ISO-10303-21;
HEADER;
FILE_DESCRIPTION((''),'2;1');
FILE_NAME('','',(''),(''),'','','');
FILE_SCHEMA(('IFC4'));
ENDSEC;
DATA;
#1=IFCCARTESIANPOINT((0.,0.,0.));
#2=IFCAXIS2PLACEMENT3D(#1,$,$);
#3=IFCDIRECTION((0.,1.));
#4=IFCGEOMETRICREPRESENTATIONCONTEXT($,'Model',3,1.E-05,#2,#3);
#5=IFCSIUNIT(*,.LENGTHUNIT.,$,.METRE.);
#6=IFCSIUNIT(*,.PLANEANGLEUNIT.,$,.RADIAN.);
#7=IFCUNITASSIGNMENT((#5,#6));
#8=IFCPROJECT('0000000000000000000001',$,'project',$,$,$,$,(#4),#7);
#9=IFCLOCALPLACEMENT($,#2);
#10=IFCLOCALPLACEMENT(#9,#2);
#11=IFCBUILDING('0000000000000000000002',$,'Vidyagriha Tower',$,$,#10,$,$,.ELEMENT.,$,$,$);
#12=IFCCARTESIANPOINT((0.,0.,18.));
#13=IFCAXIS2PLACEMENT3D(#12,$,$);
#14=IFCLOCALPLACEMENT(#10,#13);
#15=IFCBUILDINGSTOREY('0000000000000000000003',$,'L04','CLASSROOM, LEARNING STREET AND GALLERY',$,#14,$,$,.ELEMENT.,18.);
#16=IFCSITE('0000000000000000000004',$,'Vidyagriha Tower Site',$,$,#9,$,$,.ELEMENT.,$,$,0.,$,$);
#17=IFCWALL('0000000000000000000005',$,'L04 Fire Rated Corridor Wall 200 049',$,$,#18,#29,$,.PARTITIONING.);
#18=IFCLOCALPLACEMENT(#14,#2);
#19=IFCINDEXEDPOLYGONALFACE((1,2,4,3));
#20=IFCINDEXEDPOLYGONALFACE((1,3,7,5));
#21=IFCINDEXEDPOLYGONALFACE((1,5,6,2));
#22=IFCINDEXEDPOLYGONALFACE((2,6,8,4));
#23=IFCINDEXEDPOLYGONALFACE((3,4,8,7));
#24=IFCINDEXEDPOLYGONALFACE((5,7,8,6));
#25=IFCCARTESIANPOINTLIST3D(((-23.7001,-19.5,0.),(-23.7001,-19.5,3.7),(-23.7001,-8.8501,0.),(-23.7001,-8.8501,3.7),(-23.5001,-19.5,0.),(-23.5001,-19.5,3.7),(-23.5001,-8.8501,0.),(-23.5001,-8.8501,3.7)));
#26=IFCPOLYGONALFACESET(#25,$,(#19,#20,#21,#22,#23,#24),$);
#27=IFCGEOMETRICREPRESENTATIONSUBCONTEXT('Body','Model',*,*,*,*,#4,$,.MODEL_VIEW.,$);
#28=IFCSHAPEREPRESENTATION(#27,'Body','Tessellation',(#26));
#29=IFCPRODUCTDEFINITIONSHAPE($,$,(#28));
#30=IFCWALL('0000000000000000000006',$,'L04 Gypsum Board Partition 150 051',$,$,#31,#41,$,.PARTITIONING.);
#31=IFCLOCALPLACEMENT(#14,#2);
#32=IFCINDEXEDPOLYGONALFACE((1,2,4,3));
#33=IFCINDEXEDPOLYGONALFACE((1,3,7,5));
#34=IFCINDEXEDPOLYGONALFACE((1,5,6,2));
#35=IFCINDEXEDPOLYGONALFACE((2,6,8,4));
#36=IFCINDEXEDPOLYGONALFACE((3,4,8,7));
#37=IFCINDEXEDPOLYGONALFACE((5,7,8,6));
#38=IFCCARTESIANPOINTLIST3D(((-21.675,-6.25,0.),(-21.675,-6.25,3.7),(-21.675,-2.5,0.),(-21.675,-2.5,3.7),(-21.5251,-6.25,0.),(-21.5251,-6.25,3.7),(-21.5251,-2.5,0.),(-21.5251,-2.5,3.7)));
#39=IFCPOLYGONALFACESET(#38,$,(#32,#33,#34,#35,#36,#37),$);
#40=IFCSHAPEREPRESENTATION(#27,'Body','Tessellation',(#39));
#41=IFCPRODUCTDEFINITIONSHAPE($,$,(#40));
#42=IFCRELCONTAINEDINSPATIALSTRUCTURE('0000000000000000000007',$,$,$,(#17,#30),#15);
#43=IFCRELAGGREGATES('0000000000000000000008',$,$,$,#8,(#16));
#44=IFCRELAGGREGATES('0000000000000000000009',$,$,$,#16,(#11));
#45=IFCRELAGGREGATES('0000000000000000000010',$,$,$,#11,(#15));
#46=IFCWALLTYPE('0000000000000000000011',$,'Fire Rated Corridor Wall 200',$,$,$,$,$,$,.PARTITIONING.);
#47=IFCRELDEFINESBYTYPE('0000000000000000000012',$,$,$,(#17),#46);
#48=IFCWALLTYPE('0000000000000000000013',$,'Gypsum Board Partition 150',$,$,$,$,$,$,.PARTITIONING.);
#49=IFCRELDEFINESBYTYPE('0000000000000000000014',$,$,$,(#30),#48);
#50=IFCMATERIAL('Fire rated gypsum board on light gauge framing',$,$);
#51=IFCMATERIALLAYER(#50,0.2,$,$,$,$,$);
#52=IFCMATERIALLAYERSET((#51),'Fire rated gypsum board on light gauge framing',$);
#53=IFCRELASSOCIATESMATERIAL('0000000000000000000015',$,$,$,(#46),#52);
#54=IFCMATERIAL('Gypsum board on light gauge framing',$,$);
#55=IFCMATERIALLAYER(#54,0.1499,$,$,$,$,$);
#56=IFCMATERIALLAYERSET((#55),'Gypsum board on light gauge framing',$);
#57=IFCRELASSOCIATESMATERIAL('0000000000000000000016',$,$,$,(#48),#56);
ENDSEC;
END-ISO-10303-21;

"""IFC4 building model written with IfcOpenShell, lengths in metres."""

from ifc_helpers import new_model, si_unit, direction, frame, frame_2d, origin, place, context, subcontext, project, spatial, rectangle, extrude, material, layer, layer_set, type_object, element, save


model = new_model("IFC4")

# Units and contexts
model_context = context("Model", 3, precision=1e-05, world=origin(), true_north=direction((0.0, 1.0)))
body_context = subcontext(model_context, "Body", "Model", "MODEL_VIEW")
ifc_project = project(units=[si_unit("LENGTHUNIT", "METRE"), si_unit("PLANEANGLEUNIT", "RADIAN")], contexts=[model_context])

# Site, building, storey
site_placement = place(None, origin())
site = spatial("IfcSite", under=ifc_project, at=site_placement, Name="Vidyagriha Tower Site", CompositionType="ELEMENT", RefElevation=0.0)
building_placement = place(site_placement, origin())
building = spatial("IfcBuilding", under=site, at=building_placement, Name="Vidyagriha Tower", CompositionType="ELEMENT")
storey_placement = place(building_placement, frame((0.0, 0.0, 18.0)))
storey = spatial("IfcBuildingStorey", under=building, at=storey_placement, Name="L04", Description="CLASSROOM, LEARNING STREET AND GALLERY", CompositionType="ELEMENT", Elevation=18.0)

# Walls
ifc_material_1 = material(Name="Fire rated gypsum board on light gauge framing")
ifc_layer_1 = layer(ifc_material_1, 0.2)
ifc_layer_set_1 = layer_set([ifc_layer_1], Name="Fire rated gypsum board on light gauge framing")
wall_type_1 = type_object("IfcWallType", Name="Fire Rated Corridor Wall 200", PredefinedType="PARTITIONING", material=ifc_layer_set_1)
wall_1_placement = place(storey_placement, frame((-23.6001, -19.5, 0.0), z_axis=(0.0, 0.0, 1.0), x_axis=(0.0, 1.0, 0.0)))
element("IfcWall", 1, at=wall_1_placement, inside=storey, type_object=wall_type_1, Name="L04 Fire Rated Corridor Wall 200 049", PredefinedType="PARTITIONING", context=body_context, shape_type="SweptSolid", body=[
    extrude(rectangle(XDim=10.6499, YDim=0.2, at=frame_2d((5.325, 0.0))), origin(), (0.0, 0.0, 1.0), 3.7),
])
ifc_material_2 = material(Name="Gypsum board on light gauge framing")
ifc_layer_2 = layer(ifc_material_2, 0.1499)
ifc_layer_set_2 = layer_set([ifc_layer_2], Name="Gypsum board on light gauge framing")
wall_type_2 = type_object("IfcWallType", Name="Gypsum Board Partition 150", PredefinedType="PARTITIONING", material=ifc_layer_set_2)
wall_2_placement = place(storey_placement, frame((-21.6001, -6.25, 0.0), z_axis=(0.0, 0.0, 1.0), x_axis=(0.0, 1.0, 0.0)))
element("IfcWall", 2, at=wall_2_placement, inside=storey, type_object=wall_type_2, Name="L04 Gypsum Board Partition 150 051", PredefinedType="PARTITIONING", context=body_context, shape_type="SweptSolid", body=[
    extrude(rectangle(XDim=3.75, YDim=0.1499, at=frame_2d((1.875, 0.0))), origin(), (0.0, 0.0, 1.0), 3.7),
])

save(model, "model.ifc")
